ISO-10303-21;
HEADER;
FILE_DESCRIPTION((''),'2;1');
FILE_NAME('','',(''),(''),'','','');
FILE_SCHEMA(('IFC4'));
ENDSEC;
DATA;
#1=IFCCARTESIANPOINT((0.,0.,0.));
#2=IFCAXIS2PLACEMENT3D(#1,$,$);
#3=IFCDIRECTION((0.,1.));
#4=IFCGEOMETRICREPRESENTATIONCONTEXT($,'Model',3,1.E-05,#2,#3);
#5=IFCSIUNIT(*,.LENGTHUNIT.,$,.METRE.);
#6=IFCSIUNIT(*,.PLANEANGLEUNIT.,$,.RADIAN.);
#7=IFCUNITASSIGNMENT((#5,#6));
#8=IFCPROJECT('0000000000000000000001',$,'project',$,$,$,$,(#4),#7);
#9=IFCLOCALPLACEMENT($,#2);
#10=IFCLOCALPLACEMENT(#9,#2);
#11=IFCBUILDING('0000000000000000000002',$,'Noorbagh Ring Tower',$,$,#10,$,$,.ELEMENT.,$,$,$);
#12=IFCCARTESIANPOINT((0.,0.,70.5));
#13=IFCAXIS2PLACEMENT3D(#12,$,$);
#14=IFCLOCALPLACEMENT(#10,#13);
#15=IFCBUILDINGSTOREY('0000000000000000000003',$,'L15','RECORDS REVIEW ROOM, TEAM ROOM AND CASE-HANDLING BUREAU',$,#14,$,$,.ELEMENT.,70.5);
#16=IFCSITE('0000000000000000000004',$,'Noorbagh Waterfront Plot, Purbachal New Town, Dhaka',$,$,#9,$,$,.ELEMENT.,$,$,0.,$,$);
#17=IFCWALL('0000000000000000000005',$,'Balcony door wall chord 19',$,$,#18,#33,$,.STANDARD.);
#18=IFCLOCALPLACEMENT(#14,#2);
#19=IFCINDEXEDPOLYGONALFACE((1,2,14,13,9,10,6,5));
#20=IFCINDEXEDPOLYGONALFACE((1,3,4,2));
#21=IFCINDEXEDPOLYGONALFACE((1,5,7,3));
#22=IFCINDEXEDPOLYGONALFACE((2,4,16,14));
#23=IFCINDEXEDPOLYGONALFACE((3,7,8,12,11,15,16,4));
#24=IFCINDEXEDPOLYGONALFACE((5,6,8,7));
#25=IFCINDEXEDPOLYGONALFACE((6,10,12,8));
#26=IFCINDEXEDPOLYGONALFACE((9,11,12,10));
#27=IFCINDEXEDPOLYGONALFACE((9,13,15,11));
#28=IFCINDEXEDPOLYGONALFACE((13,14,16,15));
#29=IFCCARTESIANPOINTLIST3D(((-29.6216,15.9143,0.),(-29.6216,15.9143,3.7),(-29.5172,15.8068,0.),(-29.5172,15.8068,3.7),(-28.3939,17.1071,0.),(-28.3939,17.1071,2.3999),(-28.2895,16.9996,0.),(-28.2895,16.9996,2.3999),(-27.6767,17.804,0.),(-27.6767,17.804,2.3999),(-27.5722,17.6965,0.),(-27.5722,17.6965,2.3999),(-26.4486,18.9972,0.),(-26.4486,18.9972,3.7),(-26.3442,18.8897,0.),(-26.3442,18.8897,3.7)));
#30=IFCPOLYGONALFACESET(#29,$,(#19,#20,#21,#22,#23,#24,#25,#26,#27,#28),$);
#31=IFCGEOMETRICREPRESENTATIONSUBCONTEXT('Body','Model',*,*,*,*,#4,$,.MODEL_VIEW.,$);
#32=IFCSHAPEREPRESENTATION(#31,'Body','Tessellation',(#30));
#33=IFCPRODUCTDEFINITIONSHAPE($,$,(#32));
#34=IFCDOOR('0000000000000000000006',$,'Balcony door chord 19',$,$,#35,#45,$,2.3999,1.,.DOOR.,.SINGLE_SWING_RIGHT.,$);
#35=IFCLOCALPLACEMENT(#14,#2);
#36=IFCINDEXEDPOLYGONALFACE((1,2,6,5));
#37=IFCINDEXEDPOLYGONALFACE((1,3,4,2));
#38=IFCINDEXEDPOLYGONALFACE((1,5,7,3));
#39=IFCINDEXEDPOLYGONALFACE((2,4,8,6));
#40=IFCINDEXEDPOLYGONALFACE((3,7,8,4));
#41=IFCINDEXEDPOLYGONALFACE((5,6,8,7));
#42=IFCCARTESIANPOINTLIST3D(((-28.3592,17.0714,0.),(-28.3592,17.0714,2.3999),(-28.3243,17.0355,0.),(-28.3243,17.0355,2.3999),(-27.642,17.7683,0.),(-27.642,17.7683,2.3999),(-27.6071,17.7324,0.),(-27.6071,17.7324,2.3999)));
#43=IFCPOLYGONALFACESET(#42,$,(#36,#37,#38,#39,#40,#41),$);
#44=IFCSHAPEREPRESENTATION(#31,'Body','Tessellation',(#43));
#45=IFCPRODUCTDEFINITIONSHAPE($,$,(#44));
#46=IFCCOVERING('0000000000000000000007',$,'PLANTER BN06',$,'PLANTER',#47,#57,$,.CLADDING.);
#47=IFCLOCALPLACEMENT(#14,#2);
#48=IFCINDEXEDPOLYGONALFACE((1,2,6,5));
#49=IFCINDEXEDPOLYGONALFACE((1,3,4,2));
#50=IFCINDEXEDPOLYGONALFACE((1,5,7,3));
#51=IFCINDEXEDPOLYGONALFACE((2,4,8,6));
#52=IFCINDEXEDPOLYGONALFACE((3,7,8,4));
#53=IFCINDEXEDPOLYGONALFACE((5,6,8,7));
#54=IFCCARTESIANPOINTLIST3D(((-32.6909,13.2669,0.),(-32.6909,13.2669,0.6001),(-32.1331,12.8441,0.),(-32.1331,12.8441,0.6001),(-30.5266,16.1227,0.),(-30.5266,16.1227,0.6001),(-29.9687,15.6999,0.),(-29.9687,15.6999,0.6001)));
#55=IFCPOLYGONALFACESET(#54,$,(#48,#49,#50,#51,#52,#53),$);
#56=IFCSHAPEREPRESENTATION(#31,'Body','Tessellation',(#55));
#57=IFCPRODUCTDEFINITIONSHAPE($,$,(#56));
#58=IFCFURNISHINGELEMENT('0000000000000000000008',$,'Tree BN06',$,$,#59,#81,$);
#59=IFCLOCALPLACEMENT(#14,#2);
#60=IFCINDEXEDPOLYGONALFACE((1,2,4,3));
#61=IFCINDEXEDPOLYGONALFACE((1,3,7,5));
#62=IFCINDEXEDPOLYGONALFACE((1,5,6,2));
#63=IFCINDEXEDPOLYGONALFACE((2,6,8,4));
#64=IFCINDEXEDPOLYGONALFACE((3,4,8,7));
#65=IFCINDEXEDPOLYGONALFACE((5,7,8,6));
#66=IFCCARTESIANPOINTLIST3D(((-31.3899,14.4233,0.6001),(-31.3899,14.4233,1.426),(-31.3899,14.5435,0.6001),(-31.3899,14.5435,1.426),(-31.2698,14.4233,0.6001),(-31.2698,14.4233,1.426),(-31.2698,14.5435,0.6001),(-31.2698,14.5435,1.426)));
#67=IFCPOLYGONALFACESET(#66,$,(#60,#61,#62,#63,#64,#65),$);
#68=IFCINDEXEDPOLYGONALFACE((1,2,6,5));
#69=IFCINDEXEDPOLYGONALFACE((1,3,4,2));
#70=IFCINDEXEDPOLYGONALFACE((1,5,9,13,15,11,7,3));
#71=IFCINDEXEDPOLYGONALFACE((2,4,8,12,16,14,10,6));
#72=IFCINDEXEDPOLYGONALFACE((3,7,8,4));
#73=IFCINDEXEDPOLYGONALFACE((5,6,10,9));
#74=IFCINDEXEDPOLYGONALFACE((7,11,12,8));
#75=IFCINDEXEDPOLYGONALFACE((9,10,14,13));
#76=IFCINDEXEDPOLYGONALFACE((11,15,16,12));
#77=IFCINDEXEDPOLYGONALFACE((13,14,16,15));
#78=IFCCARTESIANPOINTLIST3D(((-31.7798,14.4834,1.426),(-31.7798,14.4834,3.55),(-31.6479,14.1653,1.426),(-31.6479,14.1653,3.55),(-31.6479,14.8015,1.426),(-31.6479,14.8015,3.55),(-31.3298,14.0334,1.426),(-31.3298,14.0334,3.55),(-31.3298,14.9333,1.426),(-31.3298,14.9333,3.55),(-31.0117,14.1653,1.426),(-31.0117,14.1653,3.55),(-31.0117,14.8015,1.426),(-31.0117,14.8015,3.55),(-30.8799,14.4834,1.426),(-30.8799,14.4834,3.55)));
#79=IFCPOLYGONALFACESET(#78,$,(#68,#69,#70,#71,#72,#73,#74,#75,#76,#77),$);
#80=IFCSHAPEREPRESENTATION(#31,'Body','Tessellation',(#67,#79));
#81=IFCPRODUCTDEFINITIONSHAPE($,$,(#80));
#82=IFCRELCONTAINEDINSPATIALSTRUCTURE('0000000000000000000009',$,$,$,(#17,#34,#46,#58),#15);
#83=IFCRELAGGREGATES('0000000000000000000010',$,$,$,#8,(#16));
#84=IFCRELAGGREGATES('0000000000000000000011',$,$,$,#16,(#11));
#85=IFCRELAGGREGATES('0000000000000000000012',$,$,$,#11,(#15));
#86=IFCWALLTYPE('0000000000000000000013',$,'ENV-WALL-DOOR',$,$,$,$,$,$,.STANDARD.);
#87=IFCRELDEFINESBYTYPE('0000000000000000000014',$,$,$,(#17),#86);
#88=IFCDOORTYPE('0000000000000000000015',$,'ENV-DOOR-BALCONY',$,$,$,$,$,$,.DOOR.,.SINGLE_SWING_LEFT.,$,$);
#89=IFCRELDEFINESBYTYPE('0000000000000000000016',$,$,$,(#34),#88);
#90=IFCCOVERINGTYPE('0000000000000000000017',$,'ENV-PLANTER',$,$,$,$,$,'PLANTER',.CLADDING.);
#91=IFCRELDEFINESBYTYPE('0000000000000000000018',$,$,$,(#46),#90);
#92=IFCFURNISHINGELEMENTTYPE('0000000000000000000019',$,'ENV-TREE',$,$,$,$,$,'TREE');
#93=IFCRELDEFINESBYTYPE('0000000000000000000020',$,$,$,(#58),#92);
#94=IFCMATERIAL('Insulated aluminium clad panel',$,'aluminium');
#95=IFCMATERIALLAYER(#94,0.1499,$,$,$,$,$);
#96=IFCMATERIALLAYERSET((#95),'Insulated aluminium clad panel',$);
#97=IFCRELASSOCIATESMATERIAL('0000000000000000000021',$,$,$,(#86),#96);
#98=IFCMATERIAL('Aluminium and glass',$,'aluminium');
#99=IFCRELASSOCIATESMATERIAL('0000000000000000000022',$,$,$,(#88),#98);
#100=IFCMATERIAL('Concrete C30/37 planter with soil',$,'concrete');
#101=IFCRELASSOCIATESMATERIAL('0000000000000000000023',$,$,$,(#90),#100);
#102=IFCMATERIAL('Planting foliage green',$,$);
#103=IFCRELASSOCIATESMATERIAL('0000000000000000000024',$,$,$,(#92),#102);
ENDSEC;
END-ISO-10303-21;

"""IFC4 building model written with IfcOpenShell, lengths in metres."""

from ifc_helpers import new_model, si_unit, direction, frame, frame_2d, origin, origin_2d, place, context, subcontext, project, spatial, polyline, rectangle, outline, extrude, material, layer, layer_set, type_object, element, fill, save


model = new_model("IFC4")

# Units and contexts
model_context = context("Model", 3, precision=1e-05, world=origin(), true_north=direction((0.0, 1.0)))
body_context = subcontext(model_context, "Body", "Model", "MODEL_VIEW")
ifc_project = project(units=[si_unit("LENGTHUNIT", "METRE"), si_unit("PLANEANGLEUNIT", "RADIAN")], contexts=[model_context])

# Site, building, storey
site_placement = place(None, origin())
site = spatial("IfcSite", under=ifc_project, at=site_placement, Name="Noorbagh Waterfront Plot, Purbachal New Town, Dhaka", CompositionType="ELEMENT", RefElevation=0.0)
building_placement = place(site_placement, origin())
building = spatial("IfcBuilding", under=site, at=building_placement, Name="Noorbagh Ring Tower", CompositionType="ELEMENT")
storey_placement = place(building_placement, frame((0.0, 0.0, 70.5)))
storey = spatial("IfcBuildingStorey", under=building, at=storey_placement, Name="L15", Description="RECORDS REVIEW ROOM, TEAM ROOM AND CASE-HANDLING BUREAU", CompositionType="ELEMENT", Elevation=70.5)

# Wall, opening, door
ifc_material_1 = material(Name="Insulated aluminium clad panel", Category="aluminium")
ifc_layer_1 = layer(ifc_material_1, 0.1499)
ifc_layer_set_1 = layer_set([ifc_layer_1], Name="Insulated aluminium clad panel")
wall_type_1 = type_object("IfcWallType", Name="ENV-WALL-DOOR", PredefinedType="STANDARD", material=ifc_layer_set_1)
wall_1_placement = place(storey_placement, frame((-26.3965, 18.9434, 0.0), z_axis=(0.0, 0.0, 1.0), x_axis=(-0.717215, -0.696852, 0.0)))
wall_1 = element("IfcWall", 1, at=wall_1_placement, inside=storey, type_object=wall_type_1, Name="Balcony door wall chord 19", PredefinedType="STANDARD", context=body_context, shape_type="SweptSolid", body=[
    extrude(rectangle(XDim=4.4241, YDim=0.1499, at=frame_2d((2.2119, 0.0))), origin(), (0.0, 0.0, 1.0), 3.7),
])
opening_1_placement = place(wall_1_placement, frame((1.7122, 0.0, 0.0)))
opening_1 = element("IfcOpeningElement", 2, at=opening_1_placement, cuts=wall_1, PredefinedType="OPENING", context=body_context, shape_type="SweptSolid", body=[
    extrude(rectangle(XDim=1.0, YDim=2.3999, at=frame_2d((0.5, 1.2))), frame((0.0, 0.085, 0.0), z_axis=(0.0, -1.0, 0.0), x_axis=(1.0, 0.0, 0.0)), (0.0, 0.0, 1.0), 0.1699),
])
ifc_material_2 = material(Name="Aluminium and glass", Category="aluminium")
door_type_1 = type_object("IfcDoorType", Name="ENV-DOOR-BALCONY", OperationType="SINGLE_SWING_LEFT", PredefinedType="DOOR", material=ifc_material_2)
door_1_placement = place(opening_1_placement, origin())
door_1 = element("IfcDoor", 3, at=door_1_placement, inside=storey, type_object=door_type_1, Name="Balcony door chord 19", OperationType="SINGLE_SWING_RIGHT", OverallHeight=2.3999, OverallWidth=1.0, PredefinedType="DOOR", context=body_context, shape_type="SweptSolid", body=[
    extrude(rectangle(XDim=1.0, YDim=2.3999, at=frame_2d((0.5, 1.2))), frame((0.0, 0.0249, 0.0), z_axis=(0.0, -1.0, 0.0), x_axis=(1.0, 0.0, 0.0)), (0.0, 0.0, 1.0), 0.05),
])
fill(opening_1, door_1)

# Covering
ifc_material_3 = material(Name="Concrete C30/37 planter with soil", Category="concrete")
covering_type = type_object("IfcCoveringType", Name="ENV-PLANTER", ElementType="PLANTER", PredefinedType="CLADDING", material=ifc_material_3)
covering_placement = place(storey_placement, frame((-31.3298, 14.4834, 0.0), z_axis=(0.0, 0.0, 1.0), x_axis=(-0.60402, -0.796969, 0.0)))
element("IfcCovering", 4, at=covering_placement, inside=storey, type_object=covering_type, Name="PLANTER BN06", ObjectType="PLANTER", PredefinedType="CLADDING", context=body_context, shape_type="SweptSolid", body=[
    extrude(rectangle(XDim=3.5833, YDim=0.7, at=origin_2d()), origin(), (0.0, 0.0, 1.0), 0.6001),
])

# Furnishing element
ifc_material_4 = material(Name="Planting foliage green")
furnishing_element_type = type_object("IfcFurnishingElementType", Name="ENV-TREE", ElementType="TREE", material=ifc_material_4)
furnishing_placement = place(storey_placement, frame((-31.3298, 14.4834, 0.6001), z_axis=(0.0, 0.0, 1.0), x_axis=(1.0, 0.0, 0.0)))
element("IfcFurnishingElement", 5, at=furnishing_placement, inside=storey, type_object=furnishing_element_type, Name="Tree BN06", context=body_context, shape_type="SweptSolid", body=[
    extrude(rectangle(XDim=0.1201, YDim=0.1201, at=origin_2d()), origin(), (0.0, 0.0, 1.0), 0.8259),
    extrude(outline(polyline([(0.45, 0.0), (0.3181, 0.3181), (0.0, 0.45), (-0.3181, 0.3181), (-0.45, 0.0), (-0.3181, -0.3181), (0.0, -0.45), (0.3181, -0.3181), (0.45, 0.0)])), frame((0.0, 0.0, 0.8259)), (0.0, 0.0, 1.0), 2.124),
])

save(model, "model.ifc")
